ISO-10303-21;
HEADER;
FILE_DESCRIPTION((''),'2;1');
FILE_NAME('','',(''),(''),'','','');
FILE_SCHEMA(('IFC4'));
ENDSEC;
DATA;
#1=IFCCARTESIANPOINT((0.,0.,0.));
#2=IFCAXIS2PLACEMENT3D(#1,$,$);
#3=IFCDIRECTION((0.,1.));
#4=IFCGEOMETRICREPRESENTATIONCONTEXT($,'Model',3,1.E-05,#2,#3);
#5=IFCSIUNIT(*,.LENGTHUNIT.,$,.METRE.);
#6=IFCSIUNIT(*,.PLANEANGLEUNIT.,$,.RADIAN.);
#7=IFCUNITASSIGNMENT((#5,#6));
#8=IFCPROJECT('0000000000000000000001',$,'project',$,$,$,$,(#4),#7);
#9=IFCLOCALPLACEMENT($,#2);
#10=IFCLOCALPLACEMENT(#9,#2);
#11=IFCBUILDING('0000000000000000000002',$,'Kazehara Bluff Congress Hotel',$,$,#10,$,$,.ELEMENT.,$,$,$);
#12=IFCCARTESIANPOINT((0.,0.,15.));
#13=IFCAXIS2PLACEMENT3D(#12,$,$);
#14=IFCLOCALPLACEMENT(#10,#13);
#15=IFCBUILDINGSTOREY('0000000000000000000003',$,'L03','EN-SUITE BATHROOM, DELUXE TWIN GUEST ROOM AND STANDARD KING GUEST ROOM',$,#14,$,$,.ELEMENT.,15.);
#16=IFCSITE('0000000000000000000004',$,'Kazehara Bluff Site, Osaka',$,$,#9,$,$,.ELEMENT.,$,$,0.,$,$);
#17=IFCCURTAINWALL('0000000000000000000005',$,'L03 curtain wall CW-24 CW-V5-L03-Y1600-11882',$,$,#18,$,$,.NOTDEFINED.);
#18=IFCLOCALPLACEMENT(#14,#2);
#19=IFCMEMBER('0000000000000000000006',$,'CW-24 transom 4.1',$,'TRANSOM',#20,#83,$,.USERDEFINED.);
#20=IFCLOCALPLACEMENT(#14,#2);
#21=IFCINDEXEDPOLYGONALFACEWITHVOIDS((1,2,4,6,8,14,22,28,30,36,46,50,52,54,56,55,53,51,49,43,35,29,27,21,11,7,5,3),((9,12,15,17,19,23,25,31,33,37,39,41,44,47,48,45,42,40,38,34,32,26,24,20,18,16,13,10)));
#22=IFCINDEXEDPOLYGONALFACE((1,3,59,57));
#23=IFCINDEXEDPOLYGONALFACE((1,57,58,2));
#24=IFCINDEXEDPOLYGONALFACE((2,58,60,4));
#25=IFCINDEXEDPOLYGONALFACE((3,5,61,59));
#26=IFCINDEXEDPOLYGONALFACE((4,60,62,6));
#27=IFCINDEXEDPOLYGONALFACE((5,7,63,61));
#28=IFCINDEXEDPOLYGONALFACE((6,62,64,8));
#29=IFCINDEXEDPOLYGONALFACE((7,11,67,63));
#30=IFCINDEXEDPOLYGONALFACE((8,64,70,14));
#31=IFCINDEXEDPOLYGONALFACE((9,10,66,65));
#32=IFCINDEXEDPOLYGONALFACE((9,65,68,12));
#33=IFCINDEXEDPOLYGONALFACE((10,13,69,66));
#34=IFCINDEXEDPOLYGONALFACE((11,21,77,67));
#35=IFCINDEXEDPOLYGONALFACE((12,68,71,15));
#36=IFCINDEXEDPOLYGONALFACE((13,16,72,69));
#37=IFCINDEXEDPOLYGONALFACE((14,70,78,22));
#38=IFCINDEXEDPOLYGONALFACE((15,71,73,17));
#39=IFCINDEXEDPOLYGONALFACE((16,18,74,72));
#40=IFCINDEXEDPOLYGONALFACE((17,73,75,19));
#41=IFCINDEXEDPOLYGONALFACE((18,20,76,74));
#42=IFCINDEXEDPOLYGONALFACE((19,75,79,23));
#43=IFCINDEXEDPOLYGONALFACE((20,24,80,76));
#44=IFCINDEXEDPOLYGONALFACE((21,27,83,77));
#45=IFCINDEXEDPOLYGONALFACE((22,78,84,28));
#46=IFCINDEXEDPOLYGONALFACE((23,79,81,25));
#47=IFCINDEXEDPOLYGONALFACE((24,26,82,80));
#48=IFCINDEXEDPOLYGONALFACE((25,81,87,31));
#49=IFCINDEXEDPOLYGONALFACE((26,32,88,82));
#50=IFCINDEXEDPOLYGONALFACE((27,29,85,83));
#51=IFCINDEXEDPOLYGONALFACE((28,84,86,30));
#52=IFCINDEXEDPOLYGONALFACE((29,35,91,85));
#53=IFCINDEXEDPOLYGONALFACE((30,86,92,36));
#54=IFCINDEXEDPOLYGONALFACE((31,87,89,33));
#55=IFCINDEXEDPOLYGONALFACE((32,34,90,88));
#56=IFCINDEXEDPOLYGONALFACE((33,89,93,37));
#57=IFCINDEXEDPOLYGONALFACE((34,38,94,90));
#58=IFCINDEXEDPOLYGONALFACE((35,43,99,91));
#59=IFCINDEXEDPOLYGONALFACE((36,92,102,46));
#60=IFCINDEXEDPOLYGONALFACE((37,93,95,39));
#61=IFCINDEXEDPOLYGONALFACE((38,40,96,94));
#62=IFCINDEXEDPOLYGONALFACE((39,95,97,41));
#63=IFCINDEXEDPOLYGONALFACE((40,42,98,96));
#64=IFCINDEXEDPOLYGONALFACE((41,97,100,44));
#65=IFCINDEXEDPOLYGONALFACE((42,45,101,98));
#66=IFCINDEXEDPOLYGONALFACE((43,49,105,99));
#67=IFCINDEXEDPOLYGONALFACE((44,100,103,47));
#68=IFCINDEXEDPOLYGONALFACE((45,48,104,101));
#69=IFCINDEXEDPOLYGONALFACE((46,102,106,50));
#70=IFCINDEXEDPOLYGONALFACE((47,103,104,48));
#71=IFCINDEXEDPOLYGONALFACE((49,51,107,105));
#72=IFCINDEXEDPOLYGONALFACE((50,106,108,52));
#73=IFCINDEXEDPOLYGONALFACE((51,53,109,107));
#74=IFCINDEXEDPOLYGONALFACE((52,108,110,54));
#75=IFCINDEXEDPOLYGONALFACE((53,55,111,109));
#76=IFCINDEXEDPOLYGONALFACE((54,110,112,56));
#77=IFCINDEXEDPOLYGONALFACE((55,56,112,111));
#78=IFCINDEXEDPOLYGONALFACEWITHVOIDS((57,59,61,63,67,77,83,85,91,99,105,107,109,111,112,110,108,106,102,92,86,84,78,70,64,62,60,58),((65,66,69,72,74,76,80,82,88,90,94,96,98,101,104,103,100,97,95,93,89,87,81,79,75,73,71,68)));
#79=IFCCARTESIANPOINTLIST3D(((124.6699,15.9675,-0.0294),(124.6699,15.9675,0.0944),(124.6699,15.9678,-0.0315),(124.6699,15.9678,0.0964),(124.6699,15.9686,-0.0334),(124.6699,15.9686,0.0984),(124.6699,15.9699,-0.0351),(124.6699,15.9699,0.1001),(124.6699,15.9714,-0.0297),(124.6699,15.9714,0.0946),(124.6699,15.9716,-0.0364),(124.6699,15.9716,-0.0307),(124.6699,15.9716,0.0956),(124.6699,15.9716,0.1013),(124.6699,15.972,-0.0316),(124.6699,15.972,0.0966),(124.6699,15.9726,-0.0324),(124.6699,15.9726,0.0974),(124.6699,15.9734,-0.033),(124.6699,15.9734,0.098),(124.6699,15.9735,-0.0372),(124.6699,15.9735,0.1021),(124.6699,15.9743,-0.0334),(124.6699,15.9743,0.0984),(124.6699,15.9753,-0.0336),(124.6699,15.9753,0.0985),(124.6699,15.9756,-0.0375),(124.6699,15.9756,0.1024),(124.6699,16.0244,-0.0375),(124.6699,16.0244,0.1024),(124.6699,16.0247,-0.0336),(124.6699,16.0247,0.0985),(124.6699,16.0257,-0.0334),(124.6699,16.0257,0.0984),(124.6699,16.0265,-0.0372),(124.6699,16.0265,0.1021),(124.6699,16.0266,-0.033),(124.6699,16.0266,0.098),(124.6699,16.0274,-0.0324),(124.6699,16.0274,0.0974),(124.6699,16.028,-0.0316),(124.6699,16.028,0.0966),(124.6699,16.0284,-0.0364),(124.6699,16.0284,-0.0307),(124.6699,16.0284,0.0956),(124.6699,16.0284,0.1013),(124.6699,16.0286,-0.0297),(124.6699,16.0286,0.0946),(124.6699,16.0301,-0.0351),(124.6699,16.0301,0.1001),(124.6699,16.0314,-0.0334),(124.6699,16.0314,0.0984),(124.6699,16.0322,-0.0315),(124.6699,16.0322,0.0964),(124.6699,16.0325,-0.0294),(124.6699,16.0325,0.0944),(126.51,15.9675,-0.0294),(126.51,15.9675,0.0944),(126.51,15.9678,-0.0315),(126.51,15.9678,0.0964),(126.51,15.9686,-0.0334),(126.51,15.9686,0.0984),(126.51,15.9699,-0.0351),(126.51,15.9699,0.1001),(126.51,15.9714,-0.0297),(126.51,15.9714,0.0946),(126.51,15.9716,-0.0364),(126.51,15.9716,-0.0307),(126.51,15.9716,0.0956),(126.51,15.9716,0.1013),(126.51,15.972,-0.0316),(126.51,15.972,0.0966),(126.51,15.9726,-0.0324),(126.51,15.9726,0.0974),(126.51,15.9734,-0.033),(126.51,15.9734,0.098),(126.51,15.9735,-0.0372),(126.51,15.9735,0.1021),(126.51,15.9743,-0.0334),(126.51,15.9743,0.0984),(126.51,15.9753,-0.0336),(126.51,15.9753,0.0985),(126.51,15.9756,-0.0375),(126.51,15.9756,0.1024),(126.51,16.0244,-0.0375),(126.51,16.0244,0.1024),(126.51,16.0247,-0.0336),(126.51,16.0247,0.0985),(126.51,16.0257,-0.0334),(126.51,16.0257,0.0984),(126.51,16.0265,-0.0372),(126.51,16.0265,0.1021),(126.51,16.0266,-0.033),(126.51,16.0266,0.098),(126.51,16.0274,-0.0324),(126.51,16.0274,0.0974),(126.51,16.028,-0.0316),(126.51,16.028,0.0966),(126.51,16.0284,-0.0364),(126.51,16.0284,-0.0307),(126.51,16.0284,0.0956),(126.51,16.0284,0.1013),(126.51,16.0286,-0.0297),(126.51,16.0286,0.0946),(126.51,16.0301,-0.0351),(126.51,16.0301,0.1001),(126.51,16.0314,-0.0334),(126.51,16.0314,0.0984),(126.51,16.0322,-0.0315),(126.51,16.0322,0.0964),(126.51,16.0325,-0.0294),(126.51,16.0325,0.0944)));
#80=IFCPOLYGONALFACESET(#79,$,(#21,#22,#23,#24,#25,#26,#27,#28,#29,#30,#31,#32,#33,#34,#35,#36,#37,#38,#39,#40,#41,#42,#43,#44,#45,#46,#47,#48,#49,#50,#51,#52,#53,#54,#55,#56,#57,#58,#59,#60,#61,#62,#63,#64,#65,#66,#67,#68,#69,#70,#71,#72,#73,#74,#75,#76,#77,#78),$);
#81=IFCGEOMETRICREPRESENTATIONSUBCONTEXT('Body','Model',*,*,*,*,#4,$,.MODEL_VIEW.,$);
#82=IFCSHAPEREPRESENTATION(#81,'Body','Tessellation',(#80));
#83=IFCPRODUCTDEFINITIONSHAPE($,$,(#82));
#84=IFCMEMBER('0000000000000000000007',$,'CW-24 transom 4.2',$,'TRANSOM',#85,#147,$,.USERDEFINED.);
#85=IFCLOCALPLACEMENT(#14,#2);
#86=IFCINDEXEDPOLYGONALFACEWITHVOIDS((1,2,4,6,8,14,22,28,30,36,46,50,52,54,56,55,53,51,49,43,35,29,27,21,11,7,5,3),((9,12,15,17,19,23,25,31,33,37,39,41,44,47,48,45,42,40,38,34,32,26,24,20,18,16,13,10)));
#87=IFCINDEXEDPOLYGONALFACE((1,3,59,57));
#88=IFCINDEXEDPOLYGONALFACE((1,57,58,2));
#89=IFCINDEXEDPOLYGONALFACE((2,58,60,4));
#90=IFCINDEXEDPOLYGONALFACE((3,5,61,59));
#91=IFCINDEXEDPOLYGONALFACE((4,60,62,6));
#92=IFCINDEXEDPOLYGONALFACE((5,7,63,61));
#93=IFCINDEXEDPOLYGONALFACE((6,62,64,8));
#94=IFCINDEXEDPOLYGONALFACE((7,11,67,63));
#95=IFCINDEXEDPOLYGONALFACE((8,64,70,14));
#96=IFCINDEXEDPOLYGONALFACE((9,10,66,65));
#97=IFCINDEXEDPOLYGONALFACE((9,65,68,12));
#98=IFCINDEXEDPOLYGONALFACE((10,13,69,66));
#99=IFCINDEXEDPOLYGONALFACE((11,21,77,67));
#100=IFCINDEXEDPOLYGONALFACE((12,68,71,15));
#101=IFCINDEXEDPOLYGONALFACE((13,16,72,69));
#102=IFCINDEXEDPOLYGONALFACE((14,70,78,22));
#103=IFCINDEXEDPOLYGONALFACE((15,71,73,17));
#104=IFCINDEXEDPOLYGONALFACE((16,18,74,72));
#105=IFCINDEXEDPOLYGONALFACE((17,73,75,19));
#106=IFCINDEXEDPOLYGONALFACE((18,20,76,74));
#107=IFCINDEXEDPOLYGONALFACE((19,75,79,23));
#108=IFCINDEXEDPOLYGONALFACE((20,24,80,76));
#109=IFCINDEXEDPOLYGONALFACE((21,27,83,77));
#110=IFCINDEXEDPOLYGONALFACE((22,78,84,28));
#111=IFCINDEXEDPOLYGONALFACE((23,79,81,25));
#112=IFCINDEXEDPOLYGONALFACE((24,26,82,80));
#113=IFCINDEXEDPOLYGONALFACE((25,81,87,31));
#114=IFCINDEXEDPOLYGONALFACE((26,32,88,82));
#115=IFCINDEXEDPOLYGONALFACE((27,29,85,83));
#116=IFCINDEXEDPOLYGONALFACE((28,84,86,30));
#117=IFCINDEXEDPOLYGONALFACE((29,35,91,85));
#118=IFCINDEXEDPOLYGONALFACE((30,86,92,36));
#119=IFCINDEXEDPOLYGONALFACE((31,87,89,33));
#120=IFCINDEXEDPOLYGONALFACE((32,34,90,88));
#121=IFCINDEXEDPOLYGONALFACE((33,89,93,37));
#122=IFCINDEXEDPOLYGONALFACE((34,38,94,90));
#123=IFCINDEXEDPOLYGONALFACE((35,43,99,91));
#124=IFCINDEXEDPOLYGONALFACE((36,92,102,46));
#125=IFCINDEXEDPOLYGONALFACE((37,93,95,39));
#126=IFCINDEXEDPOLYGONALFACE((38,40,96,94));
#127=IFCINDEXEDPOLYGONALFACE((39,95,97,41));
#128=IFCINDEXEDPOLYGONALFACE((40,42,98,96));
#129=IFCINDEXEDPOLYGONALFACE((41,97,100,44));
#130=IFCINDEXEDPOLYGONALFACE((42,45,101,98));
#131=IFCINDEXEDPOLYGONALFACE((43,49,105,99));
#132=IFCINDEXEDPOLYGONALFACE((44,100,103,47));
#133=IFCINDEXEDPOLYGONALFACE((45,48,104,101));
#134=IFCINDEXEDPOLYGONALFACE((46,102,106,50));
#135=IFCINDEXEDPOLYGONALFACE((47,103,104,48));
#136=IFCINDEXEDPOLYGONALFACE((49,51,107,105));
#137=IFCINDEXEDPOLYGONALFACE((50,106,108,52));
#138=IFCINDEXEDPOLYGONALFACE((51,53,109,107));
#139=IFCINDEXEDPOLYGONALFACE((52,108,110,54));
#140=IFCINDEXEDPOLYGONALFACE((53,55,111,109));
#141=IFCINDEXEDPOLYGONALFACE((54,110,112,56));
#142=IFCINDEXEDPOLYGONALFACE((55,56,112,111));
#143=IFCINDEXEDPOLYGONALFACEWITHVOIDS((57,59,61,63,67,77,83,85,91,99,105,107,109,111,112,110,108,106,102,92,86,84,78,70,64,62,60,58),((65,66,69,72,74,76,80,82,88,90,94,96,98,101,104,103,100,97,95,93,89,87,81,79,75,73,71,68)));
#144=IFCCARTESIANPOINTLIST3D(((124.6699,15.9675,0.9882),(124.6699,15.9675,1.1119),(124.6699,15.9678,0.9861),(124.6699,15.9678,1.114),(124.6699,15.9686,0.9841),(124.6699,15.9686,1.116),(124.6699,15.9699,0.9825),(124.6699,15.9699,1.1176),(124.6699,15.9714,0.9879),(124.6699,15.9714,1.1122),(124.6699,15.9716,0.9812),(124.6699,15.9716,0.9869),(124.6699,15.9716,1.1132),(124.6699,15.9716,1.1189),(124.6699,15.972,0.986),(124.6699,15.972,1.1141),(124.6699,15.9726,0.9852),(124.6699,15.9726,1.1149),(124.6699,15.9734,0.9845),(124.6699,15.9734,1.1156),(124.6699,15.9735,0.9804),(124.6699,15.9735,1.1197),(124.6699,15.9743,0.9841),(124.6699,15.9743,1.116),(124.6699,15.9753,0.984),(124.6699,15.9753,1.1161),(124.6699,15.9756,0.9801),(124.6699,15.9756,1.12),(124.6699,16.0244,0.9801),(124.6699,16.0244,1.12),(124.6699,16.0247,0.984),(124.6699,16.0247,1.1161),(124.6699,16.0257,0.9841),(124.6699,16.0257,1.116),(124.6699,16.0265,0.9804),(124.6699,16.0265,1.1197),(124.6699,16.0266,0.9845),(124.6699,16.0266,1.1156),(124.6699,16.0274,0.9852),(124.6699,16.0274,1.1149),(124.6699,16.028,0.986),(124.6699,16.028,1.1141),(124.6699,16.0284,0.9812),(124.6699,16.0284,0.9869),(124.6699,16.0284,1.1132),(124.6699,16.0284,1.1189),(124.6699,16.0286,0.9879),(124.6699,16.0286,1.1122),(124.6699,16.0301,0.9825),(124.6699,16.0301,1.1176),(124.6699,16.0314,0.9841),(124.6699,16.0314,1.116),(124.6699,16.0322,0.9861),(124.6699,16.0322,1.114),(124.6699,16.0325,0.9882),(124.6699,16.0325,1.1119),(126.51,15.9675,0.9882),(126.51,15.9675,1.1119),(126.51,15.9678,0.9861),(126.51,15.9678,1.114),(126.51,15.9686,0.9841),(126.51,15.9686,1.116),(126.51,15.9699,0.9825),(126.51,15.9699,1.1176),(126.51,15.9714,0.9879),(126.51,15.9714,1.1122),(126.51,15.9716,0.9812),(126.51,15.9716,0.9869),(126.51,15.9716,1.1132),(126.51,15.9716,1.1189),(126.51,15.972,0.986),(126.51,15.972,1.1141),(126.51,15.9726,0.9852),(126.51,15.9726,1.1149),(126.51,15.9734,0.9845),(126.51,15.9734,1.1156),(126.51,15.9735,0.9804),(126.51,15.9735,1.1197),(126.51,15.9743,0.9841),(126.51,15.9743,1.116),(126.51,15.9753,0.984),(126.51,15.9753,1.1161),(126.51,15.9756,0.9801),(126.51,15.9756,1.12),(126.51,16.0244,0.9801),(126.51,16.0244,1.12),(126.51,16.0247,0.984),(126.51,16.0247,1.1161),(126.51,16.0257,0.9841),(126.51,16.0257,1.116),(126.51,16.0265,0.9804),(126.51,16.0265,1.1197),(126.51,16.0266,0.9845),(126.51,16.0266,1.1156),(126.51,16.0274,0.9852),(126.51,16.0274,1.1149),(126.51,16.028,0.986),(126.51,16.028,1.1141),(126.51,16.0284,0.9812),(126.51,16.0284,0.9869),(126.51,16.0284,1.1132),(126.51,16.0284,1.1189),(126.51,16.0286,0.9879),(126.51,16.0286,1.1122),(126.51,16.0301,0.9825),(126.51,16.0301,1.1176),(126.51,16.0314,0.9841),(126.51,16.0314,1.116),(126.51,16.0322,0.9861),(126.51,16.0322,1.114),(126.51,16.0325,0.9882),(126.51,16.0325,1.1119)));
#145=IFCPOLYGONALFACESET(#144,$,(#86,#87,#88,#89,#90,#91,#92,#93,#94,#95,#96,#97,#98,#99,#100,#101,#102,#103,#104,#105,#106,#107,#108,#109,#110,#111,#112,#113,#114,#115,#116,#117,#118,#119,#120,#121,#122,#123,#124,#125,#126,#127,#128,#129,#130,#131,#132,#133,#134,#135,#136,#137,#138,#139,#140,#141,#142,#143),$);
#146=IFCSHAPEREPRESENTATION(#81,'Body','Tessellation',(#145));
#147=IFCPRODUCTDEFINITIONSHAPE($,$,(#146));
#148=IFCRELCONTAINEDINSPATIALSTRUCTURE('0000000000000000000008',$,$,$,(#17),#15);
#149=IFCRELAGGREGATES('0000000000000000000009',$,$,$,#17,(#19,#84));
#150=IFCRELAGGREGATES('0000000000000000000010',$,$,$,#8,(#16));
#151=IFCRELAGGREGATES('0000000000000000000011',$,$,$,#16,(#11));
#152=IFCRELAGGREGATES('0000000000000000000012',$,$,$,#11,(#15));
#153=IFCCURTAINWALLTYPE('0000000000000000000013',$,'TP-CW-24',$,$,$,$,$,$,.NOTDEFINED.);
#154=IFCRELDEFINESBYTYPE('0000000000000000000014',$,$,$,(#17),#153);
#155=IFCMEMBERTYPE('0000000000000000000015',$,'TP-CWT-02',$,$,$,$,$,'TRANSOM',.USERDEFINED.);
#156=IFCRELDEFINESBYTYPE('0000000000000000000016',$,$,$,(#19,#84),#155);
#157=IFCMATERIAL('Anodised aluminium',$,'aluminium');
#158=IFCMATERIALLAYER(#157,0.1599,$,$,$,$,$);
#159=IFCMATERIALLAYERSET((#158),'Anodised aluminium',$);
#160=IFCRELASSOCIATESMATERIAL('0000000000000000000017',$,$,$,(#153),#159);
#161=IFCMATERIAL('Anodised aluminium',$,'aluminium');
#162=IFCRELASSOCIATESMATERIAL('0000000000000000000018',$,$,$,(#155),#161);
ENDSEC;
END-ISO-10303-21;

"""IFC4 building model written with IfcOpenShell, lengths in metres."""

from ifc_helpers import new_model, si_unit, direction, frame, origin, origin_2d, place, context, subcontext, project, spatial, hollow_rectangle, extrude, material, layer, layer_set, material_profile, profile_set, type_object, element, aggregate, save


model = new_model("IFC4")

# Units and contexts
model_context = context("Model", 3, precision=1e-05, world=origin(), true_north=direction((0.0, 1.0)))
body_context = subcontext(model_context, "Body", "Model", "MODEL_VIEW")
ifc_project = project(units=[si_unit("LENGTHUNIT", "METRE"), si_unit("PLANEANGLEUNIT", "RADIAN")], contexts=[model_context])

# Site, building, storey
site_placement = place(None, origin())
site = spatial("IfcSite", under=ifc_project, at=site_placement, Name="Kazehara Bluff Site, Osaka", CompositionType="ELEMENT", RefElevation=0.0)
building_placement = place(site_placement, origin())
building = spatial("IfcBuilding", under=site, at=building_placement, Name="Kazehara Bluff Congress Hotel", CompositionType="ELEMENT")
storey_placement = place(building_placement, frame((0.0, 0.0, 15.0)))
storey = spatial("IfcBuildingStorey", under=building, at=storey_placement, Name="L03", Description="EN-SUITE BATHROOM, DELUXE TWIN GUEST ROOM AND STANDARD KING GUEST ROOM", CompositionType="ELEMENT", Elevation=15.0)

# Curtain wall
ifc_material_1 = material(Name="Anodised aluminium", Category="aluminium")
ifc_layer_1 = layer(ifc_material_1, 0.1599)
ifc_layer_set_1 = layer_set([ifc_layer_1], Name="Anodised aluminium")
curtain_wall_type = type_object("IfcCurtainWallType", Name="TP-CW-24", PredefinedType="NOTDEFINED", material=ifc_layer_set_1)
curtain_wall_1_placement = place(storey_placement, origin())
curtain_wall_1 = element("IfcCurtainWall", 1, at=curtain_wall_1_placement, inside=storey, type_object=curtain_wall_type, Name="L03 curtain wall CW-24 CW-V5-L03-Y1600-11882", PredefinedType="NOTDEFINED")

# Members
ifc_material_2 = material(Name="Anodised aluminium", Category="aluminium")
ifc_material_profile_1 = material_profile(ifc_material_2, hollow_rectangle(XDim=0.0649, YDim=0.1399, WallThickness=0.0039, InnerFilletRadius=0.0039, OuterFilletRadius=0.0081, at=origin_2d()))
ifc_profile_set_1 = profile_set([ifc_material_profile_1], Name="Anodised aluminium")
member_type_1 = type_object("IfcMemberType", Name="TP-CWT-02", ElementType="TRANSOM", PredefinedType="USERDEFINED", material=ifc_profile_set_1)
member_1_placement = place(storey_placement, frame((124.6699, 16.0, 0.0325), z_axis=(1.0, 0.0, 0.0), x_axis=(0.0, 1.0, 0.0)))
member_1 = element("IfcMember", 2, at=member_1_placement, type_object=member_type_1, Name="CW-24 transom 4.1", ObjectType="TRANSOM", PredefinedType="USERDEFINED", context=body_context, shape_type="SweptSolid", body=[
    extrude(hollow_rectangle(XDim=0.0649, YDim=0.1399, WallThickness=0.0039, InnerFilletRadius=0.0039, OuterFilletRadius=0.0081, at=origin_2d()), origin(), (0.0, 0.0, 1.0), 1.8401),
])
member_2_placement = place(storey_placement, frame((124.6699, 16.0, 1.05), z_axis=(1.0, 0.0, 0.0), x_axis=(0.0, 1.0, 0.0)))
member_2 = element("IfcMember", 3, at=member_2_placement, type_object=member_type_1, Name="CW-24 transom 4.2", ObjectType="TRANSOM", PredefinedType="USERDEFINED", context=body_context, shape_type="SweptSolid", body=[
    extrude(hollow_rectangle(XDim=0.0649, YDim=0.1399, WallThickness=0.0039, InnerFilletRadius=0.0039, OuterFilletRadius=0.0081, at=origin_2d()), origin(), (0.0, 0.0, 1.0), 1.8401),
])

aggregate(curtain_wall_1, [member_1, member_2])

save(model, "model.ifc")
